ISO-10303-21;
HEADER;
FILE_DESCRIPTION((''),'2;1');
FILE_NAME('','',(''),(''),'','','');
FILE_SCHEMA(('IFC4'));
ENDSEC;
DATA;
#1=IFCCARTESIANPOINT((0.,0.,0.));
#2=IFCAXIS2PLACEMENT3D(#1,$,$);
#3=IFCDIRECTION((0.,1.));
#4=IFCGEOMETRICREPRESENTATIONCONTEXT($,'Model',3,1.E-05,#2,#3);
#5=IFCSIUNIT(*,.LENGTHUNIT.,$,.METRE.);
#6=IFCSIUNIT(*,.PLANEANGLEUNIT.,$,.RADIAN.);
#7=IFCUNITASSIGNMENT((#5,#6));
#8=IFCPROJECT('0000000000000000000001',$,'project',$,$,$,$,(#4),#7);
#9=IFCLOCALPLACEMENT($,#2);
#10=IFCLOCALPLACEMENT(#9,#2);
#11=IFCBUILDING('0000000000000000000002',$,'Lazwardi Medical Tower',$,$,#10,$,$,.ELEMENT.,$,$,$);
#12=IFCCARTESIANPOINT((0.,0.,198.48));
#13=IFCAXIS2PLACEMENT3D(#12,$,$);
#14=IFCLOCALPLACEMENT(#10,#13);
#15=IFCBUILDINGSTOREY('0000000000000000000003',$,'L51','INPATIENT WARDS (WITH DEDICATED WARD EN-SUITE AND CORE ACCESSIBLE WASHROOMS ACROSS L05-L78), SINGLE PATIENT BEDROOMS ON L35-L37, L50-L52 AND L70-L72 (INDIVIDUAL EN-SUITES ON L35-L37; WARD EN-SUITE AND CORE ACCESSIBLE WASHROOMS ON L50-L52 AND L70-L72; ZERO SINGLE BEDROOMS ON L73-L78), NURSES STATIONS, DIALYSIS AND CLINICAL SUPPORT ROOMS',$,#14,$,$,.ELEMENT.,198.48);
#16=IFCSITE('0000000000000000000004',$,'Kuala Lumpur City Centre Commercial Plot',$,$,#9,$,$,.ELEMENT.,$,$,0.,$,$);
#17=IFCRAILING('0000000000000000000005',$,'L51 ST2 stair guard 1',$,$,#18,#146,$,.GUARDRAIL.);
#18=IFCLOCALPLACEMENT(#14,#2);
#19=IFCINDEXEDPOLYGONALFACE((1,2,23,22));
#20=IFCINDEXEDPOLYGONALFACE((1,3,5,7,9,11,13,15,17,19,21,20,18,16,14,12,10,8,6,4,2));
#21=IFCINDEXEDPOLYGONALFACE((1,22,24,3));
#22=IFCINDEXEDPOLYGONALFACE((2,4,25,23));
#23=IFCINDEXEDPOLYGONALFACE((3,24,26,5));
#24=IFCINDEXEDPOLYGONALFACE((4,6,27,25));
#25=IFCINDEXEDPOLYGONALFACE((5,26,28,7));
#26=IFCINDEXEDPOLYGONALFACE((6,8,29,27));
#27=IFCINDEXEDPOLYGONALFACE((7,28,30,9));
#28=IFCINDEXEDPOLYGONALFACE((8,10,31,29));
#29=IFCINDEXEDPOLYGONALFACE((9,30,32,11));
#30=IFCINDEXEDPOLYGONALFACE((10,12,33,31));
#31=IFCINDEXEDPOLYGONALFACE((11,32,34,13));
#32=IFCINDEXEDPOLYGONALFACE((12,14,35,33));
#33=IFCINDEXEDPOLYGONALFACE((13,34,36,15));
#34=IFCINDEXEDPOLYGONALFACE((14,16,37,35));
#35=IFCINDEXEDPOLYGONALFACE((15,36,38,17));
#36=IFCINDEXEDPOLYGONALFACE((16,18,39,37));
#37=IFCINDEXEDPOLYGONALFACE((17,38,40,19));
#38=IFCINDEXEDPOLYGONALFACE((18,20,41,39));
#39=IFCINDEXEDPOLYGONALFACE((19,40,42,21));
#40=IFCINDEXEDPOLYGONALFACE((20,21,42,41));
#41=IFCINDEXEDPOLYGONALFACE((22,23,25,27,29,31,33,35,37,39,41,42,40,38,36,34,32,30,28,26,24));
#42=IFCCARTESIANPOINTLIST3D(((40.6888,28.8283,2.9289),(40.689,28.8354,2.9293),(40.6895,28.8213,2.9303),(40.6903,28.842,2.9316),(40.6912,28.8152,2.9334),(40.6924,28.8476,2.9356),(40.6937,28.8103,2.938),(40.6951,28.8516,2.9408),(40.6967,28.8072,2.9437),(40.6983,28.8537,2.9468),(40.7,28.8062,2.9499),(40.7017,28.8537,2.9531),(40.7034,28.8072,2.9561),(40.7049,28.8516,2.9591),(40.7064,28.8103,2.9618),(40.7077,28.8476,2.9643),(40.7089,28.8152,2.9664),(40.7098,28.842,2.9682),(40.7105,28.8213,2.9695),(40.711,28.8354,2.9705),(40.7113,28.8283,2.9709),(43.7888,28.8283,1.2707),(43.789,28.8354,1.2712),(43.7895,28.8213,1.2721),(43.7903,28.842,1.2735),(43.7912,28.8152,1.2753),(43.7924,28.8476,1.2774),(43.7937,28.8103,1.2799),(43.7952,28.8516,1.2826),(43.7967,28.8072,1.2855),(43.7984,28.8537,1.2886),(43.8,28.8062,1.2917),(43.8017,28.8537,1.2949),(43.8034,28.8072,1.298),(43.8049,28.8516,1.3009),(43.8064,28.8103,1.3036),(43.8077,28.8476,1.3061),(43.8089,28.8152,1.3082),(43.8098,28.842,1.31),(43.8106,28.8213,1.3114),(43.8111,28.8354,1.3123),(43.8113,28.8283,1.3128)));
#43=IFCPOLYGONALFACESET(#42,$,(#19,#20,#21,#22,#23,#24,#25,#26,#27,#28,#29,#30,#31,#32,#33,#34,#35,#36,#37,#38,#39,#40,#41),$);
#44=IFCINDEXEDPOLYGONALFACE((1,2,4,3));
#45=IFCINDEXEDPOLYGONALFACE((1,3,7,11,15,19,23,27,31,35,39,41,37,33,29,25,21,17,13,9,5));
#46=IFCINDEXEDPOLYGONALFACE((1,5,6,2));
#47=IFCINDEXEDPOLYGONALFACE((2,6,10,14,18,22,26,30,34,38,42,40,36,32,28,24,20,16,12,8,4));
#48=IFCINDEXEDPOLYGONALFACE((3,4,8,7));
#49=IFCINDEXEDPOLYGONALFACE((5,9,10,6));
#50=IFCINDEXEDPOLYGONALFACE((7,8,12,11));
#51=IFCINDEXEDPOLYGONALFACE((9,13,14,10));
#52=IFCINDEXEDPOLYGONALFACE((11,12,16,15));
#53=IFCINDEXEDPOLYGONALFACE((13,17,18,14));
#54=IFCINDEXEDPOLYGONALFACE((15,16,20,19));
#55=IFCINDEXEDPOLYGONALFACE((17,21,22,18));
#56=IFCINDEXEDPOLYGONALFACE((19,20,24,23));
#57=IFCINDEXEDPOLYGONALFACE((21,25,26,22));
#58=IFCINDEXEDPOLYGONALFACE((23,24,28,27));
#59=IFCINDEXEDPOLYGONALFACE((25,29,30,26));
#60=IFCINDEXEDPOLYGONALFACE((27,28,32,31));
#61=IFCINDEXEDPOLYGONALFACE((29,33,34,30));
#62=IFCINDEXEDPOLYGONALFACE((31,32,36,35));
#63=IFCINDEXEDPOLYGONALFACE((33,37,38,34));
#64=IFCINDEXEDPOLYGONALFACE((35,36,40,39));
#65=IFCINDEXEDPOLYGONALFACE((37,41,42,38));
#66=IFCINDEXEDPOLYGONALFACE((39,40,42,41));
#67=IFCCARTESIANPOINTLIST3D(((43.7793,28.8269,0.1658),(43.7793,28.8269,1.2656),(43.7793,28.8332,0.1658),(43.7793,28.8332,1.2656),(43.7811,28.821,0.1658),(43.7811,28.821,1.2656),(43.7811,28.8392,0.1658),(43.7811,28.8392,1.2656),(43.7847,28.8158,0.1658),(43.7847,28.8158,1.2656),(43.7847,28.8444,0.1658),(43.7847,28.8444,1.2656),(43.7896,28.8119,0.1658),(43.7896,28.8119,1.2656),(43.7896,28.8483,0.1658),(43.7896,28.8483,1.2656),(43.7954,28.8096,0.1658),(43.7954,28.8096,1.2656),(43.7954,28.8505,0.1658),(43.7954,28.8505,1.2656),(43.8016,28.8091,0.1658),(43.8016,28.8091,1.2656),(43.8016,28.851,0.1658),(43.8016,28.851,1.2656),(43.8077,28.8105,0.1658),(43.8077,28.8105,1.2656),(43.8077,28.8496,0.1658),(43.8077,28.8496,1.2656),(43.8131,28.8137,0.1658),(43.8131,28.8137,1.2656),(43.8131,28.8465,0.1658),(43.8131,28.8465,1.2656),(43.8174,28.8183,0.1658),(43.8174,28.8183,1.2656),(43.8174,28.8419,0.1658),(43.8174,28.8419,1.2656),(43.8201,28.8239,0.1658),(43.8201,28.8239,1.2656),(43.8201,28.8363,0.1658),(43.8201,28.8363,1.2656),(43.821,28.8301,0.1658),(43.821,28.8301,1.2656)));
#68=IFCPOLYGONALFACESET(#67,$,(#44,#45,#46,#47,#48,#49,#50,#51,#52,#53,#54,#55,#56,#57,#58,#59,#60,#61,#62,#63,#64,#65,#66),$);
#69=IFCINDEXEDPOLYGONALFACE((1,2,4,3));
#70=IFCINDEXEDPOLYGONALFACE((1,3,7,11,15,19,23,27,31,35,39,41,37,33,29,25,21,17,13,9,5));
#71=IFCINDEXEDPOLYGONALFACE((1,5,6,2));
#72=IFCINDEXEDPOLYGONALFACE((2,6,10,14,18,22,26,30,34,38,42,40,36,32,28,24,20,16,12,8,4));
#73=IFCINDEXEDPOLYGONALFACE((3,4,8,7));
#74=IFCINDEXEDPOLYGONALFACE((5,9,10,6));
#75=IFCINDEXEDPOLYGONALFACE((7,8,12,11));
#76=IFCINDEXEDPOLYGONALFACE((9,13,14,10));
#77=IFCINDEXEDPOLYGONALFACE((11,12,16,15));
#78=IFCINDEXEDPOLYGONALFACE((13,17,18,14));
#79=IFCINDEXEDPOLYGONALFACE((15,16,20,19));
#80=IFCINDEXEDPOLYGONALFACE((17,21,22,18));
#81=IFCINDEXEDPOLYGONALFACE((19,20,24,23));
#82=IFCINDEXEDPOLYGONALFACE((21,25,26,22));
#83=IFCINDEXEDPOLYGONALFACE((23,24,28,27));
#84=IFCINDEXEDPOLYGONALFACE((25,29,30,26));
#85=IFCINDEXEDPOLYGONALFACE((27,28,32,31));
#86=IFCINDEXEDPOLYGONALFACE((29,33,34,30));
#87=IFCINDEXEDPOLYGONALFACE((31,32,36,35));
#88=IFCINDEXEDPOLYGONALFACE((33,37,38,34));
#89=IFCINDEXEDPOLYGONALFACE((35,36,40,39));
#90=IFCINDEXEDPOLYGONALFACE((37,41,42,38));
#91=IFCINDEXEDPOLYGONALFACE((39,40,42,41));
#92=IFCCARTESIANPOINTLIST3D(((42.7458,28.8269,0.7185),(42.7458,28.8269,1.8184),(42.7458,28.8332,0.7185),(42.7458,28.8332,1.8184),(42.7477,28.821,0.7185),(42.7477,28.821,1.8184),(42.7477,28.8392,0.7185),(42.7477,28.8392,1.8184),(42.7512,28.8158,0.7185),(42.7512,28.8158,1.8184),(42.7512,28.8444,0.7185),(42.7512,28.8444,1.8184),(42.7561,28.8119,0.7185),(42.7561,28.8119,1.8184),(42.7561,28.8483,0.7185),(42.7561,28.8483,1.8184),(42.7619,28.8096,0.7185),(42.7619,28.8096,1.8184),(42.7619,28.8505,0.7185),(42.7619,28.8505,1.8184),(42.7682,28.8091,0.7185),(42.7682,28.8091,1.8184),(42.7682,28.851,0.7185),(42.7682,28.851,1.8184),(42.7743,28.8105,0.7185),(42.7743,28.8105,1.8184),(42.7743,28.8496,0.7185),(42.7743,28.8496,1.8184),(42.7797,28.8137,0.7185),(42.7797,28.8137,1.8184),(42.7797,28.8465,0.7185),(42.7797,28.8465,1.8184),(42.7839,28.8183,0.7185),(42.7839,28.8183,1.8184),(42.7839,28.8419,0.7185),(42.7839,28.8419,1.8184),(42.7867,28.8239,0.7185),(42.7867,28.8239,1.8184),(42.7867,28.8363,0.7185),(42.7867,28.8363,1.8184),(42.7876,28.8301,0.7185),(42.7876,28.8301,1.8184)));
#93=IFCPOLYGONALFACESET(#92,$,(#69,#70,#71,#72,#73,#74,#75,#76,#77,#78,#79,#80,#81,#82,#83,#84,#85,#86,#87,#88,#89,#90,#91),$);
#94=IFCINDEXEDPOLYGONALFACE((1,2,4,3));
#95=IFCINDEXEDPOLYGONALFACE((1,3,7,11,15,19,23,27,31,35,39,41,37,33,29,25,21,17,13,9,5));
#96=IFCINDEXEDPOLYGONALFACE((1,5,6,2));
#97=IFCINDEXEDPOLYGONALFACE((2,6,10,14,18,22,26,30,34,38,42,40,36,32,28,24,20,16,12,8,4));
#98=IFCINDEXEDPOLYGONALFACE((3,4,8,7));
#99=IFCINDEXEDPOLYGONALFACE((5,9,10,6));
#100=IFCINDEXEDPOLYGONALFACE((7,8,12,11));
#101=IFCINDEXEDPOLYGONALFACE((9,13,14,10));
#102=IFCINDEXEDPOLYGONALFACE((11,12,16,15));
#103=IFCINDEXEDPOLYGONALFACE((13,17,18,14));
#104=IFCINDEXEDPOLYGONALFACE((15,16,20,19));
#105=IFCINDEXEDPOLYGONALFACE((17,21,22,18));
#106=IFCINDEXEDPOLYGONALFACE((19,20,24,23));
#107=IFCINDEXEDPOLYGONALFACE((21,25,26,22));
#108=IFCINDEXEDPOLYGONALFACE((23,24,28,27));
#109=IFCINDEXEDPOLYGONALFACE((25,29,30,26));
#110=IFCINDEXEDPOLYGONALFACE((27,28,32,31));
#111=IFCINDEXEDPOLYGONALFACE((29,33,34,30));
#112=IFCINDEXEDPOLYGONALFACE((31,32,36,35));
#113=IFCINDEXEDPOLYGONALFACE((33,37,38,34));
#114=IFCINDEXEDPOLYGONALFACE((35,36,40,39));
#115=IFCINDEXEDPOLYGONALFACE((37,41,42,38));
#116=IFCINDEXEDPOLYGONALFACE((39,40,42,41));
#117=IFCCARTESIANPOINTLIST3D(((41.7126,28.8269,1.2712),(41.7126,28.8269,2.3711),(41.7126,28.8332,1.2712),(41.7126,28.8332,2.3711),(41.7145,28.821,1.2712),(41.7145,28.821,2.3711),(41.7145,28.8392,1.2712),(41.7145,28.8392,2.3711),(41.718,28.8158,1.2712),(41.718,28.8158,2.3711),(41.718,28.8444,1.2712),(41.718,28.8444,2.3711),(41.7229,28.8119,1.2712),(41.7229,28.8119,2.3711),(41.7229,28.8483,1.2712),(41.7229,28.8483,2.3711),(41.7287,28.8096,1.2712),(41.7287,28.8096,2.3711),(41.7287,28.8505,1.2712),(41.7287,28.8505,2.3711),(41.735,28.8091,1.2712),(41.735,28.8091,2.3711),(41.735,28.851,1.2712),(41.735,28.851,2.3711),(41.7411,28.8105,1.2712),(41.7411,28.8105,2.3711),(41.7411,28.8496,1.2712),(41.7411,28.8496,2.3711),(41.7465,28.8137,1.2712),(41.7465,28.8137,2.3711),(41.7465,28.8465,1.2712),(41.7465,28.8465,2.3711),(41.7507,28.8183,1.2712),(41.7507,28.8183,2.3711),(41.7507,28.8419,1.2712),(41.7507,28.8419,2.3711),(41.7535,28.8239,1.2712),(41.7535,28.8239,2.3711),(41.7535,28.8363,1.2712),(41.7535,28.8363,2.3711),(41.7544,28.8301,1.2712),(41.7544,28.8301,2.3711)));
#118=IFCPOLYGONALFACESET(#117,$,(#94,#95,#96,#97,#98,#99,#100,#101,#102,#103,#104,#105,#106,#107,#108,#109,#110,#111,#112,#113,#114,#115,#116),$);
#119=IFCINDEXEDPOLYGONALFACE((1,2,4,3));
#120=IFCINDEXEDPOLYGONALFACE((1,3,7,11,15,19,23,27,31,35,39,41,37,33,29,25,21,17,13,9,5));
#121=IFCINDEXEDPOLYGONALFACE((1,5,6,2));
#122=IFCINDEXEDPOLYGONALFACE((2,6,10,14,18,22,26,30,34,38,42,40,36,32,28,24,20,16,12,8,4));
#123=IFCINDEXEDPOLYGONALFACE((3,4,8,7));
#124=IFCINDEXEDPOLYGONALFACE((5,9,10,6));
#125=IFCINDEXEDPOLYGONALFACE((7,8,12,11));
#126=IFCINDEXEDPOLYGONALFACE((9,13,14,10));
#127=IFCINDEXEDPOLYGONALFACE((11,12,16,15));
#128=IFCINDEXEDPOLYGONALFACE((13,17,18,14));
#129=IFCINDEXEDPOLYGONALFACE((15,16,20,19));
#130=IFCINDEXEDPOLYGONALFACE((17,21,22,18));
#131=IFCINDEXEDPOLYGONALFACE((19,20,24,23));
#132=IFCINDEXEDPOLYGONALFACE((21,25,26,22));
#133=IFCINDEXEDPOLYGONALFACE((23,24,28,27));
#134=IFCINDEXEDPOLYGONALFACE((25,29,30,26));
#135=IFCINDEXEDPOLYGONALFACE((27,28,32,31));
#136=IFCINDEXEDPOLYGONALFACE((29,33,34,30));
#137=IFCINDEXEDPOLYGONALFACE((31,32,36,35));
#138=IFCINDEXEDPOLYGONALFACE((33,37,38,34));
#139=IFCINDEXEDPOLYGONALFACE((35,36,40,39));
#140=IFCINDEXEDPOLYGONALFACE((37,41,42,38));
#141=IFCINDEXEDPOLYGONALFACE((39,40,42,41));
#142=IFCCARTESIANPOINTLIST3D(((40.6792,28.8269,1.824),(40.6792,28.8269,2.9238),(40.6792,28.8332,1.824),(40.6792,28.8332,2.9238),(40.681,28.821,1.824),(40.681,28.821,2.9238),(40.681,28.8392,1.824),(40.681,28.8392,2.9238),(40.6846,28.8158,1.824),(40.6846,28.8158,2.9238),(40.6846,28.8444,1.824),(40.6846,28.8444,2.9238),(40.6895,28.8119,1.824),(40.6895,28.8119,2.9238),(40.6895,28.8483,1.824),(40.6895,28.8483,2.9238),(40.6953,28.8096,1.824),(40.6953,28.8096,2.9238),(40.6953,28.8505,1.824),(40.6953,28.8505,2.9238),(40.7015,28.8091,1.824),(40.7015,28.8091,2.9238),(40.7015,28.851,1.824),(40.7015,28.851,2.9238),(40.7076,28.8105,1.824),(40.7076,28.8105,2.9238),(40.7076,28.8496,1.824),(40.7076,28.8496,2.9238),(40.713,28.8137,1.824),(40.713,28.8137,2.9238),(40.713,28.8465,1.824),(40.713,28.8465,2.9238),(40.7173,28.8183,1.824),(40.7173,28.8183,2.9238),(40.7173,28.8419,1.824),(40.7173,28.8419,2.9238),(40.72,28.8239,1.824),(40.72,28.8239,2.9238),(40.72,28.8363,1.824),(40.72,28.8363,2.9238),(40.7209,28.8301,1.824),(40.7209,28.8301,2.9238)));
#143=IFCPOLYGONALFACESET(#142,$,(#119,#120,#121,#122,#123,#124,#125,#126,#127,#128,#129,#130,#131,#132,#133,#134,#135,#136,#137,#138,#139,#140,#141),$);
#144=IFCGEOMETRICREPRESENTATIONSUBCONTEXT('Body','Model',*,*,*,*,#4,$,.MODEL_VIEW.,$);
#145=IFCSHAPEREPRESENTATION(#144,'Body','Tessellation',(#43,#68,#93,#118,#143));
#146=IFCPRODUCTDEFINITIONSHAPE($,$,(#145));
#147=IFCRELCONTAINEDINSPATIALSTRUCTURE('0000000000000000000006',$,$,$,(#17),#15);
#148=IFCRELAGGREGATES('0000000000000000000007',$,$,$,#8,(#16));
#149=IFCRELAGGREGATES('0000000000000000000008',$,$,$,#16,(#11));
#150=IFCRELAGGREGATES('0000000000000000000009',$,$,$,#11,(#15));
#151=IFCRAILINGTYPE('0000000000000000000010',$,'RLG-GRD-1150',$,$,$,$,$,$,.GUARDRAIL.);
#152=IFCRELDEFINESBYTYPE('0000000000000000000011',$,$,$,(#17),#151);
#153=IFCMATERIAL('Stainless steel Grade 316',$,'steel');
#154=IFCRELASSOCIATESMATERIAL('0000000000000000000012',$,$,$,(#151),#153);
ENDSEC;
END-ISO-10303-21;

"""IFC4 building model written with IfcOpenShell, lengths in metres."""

from ifc_helpers import new_model, si_unit, direction, frame, origin, origin_2d, place, context, subcontext, project, spatial, circle, extrude, material, type_object, element, save


model = new_model("IFC4")

# Units and contexts
model_context = context("Model", 3, precision=1e-05, world=origin(), true_north=direction((0.0, 1.0)))
body_context = subcontext(model_context, "Body", "Model", "MODEL_VIEW")
ifc_project = project(units=[si_unit("LENGTHUNIT", "METRE"), si_unit("PLANEANGLEUNIT", "RADIAN")], contexts=[model_context])

# Site, building, storey
site_placement = place(None, origin())
site = spatial("IfcSite", under=ifc_project, at=site_placement, Name="Kuala Lumpur City Centre Commercial Plot", CompositionType="ELEMENT", RefElevation=0.0)
building_placement = place(site_placement, origin())
building = spatial("IfcBuilding", under=site, at=building_placement, Name="Lazwardi Medical Tower", CompositionType="ELEMENT")
storey_placement = place(building_placement, frame((0.0, 0.0, 198.48)))
storey = spatial("IfcBuildingStorey", under=building, at=storey_placement, Name="L51", Description="INPATIENT WARDS (WITH DEDICATED WARD EN-SUITE AND CORE ACCESSIBLE WASHROOMS ACROSS L05-L78), SINGLE PATIENT BEDROOMS ON L35-L37, L50-L52 AND L70-L72 (INDIVIDUAL EN-SUITES ON L35-L37; WARD EN-SUITE AND CORE ACCESSIBLE WASHROOMS ON L50-L52 AND L70-L72; ZERO SINGLE BEDROOMS ON L73-L78), NURSES STATIONS, DIALYSIS AND CLINICAL SUPPORT ROOMS", CompositionType="ELEMENT", Elevation=198.48)

# Railing
ifc_material_1 = material(Name="Stainless steel Grade 316", Category="steel")
railing_type_1 = type_object("IfcRailingType", Name="RLG-GRD-1150", PredefinedType="GUARDRAIL", material=ifc_material_1)
railing_1_placement = place(storey_placement, frame((43.8, 28.8301, 0.1658)))
element("IfcRailing", 1, at=railing_1_placement, inside=storey, type_object=railing_type_1, Name="L51 ST2 stair guard 1", PredefinedType="GUARDRAIL", context=body_context, shape_type="SweptSolid", body=[
    extrude(circle(Radius=0.0239, at=origin_2d()), frame((0.0, 0.0, 1.126), z_axis=(-0.881783, 0.0, 0.471655), x_axis=(0.0, -1.0, 0.0)), (0.0, 0.0, 1.0), 3.5156),
    extrude(circle(Radius=0.021, at=origin_2d()), origin(), (0.0, 0.0, 1.0), 1.0999),
    extrude(circle(Radius=0.021, at=origin_2d()), frame((-1.0334, 0.0, 0.5527)), (0.0, 0.0, 1.0), 1.0999),
    extrude(circle(Radius=0.021, at=origin_2d()), frame((-2.0667, 0.0, 1.1055)), (0.0, 0.0, 1.0), 1.0999),
    extrude(circle(Radius=0.021, at=origin_2d()), frame((-3.1001, 0.0, 1.6582)), (0.0, 0.0, 1.0), 1.0999),
])

save(model, "model.ifc")
